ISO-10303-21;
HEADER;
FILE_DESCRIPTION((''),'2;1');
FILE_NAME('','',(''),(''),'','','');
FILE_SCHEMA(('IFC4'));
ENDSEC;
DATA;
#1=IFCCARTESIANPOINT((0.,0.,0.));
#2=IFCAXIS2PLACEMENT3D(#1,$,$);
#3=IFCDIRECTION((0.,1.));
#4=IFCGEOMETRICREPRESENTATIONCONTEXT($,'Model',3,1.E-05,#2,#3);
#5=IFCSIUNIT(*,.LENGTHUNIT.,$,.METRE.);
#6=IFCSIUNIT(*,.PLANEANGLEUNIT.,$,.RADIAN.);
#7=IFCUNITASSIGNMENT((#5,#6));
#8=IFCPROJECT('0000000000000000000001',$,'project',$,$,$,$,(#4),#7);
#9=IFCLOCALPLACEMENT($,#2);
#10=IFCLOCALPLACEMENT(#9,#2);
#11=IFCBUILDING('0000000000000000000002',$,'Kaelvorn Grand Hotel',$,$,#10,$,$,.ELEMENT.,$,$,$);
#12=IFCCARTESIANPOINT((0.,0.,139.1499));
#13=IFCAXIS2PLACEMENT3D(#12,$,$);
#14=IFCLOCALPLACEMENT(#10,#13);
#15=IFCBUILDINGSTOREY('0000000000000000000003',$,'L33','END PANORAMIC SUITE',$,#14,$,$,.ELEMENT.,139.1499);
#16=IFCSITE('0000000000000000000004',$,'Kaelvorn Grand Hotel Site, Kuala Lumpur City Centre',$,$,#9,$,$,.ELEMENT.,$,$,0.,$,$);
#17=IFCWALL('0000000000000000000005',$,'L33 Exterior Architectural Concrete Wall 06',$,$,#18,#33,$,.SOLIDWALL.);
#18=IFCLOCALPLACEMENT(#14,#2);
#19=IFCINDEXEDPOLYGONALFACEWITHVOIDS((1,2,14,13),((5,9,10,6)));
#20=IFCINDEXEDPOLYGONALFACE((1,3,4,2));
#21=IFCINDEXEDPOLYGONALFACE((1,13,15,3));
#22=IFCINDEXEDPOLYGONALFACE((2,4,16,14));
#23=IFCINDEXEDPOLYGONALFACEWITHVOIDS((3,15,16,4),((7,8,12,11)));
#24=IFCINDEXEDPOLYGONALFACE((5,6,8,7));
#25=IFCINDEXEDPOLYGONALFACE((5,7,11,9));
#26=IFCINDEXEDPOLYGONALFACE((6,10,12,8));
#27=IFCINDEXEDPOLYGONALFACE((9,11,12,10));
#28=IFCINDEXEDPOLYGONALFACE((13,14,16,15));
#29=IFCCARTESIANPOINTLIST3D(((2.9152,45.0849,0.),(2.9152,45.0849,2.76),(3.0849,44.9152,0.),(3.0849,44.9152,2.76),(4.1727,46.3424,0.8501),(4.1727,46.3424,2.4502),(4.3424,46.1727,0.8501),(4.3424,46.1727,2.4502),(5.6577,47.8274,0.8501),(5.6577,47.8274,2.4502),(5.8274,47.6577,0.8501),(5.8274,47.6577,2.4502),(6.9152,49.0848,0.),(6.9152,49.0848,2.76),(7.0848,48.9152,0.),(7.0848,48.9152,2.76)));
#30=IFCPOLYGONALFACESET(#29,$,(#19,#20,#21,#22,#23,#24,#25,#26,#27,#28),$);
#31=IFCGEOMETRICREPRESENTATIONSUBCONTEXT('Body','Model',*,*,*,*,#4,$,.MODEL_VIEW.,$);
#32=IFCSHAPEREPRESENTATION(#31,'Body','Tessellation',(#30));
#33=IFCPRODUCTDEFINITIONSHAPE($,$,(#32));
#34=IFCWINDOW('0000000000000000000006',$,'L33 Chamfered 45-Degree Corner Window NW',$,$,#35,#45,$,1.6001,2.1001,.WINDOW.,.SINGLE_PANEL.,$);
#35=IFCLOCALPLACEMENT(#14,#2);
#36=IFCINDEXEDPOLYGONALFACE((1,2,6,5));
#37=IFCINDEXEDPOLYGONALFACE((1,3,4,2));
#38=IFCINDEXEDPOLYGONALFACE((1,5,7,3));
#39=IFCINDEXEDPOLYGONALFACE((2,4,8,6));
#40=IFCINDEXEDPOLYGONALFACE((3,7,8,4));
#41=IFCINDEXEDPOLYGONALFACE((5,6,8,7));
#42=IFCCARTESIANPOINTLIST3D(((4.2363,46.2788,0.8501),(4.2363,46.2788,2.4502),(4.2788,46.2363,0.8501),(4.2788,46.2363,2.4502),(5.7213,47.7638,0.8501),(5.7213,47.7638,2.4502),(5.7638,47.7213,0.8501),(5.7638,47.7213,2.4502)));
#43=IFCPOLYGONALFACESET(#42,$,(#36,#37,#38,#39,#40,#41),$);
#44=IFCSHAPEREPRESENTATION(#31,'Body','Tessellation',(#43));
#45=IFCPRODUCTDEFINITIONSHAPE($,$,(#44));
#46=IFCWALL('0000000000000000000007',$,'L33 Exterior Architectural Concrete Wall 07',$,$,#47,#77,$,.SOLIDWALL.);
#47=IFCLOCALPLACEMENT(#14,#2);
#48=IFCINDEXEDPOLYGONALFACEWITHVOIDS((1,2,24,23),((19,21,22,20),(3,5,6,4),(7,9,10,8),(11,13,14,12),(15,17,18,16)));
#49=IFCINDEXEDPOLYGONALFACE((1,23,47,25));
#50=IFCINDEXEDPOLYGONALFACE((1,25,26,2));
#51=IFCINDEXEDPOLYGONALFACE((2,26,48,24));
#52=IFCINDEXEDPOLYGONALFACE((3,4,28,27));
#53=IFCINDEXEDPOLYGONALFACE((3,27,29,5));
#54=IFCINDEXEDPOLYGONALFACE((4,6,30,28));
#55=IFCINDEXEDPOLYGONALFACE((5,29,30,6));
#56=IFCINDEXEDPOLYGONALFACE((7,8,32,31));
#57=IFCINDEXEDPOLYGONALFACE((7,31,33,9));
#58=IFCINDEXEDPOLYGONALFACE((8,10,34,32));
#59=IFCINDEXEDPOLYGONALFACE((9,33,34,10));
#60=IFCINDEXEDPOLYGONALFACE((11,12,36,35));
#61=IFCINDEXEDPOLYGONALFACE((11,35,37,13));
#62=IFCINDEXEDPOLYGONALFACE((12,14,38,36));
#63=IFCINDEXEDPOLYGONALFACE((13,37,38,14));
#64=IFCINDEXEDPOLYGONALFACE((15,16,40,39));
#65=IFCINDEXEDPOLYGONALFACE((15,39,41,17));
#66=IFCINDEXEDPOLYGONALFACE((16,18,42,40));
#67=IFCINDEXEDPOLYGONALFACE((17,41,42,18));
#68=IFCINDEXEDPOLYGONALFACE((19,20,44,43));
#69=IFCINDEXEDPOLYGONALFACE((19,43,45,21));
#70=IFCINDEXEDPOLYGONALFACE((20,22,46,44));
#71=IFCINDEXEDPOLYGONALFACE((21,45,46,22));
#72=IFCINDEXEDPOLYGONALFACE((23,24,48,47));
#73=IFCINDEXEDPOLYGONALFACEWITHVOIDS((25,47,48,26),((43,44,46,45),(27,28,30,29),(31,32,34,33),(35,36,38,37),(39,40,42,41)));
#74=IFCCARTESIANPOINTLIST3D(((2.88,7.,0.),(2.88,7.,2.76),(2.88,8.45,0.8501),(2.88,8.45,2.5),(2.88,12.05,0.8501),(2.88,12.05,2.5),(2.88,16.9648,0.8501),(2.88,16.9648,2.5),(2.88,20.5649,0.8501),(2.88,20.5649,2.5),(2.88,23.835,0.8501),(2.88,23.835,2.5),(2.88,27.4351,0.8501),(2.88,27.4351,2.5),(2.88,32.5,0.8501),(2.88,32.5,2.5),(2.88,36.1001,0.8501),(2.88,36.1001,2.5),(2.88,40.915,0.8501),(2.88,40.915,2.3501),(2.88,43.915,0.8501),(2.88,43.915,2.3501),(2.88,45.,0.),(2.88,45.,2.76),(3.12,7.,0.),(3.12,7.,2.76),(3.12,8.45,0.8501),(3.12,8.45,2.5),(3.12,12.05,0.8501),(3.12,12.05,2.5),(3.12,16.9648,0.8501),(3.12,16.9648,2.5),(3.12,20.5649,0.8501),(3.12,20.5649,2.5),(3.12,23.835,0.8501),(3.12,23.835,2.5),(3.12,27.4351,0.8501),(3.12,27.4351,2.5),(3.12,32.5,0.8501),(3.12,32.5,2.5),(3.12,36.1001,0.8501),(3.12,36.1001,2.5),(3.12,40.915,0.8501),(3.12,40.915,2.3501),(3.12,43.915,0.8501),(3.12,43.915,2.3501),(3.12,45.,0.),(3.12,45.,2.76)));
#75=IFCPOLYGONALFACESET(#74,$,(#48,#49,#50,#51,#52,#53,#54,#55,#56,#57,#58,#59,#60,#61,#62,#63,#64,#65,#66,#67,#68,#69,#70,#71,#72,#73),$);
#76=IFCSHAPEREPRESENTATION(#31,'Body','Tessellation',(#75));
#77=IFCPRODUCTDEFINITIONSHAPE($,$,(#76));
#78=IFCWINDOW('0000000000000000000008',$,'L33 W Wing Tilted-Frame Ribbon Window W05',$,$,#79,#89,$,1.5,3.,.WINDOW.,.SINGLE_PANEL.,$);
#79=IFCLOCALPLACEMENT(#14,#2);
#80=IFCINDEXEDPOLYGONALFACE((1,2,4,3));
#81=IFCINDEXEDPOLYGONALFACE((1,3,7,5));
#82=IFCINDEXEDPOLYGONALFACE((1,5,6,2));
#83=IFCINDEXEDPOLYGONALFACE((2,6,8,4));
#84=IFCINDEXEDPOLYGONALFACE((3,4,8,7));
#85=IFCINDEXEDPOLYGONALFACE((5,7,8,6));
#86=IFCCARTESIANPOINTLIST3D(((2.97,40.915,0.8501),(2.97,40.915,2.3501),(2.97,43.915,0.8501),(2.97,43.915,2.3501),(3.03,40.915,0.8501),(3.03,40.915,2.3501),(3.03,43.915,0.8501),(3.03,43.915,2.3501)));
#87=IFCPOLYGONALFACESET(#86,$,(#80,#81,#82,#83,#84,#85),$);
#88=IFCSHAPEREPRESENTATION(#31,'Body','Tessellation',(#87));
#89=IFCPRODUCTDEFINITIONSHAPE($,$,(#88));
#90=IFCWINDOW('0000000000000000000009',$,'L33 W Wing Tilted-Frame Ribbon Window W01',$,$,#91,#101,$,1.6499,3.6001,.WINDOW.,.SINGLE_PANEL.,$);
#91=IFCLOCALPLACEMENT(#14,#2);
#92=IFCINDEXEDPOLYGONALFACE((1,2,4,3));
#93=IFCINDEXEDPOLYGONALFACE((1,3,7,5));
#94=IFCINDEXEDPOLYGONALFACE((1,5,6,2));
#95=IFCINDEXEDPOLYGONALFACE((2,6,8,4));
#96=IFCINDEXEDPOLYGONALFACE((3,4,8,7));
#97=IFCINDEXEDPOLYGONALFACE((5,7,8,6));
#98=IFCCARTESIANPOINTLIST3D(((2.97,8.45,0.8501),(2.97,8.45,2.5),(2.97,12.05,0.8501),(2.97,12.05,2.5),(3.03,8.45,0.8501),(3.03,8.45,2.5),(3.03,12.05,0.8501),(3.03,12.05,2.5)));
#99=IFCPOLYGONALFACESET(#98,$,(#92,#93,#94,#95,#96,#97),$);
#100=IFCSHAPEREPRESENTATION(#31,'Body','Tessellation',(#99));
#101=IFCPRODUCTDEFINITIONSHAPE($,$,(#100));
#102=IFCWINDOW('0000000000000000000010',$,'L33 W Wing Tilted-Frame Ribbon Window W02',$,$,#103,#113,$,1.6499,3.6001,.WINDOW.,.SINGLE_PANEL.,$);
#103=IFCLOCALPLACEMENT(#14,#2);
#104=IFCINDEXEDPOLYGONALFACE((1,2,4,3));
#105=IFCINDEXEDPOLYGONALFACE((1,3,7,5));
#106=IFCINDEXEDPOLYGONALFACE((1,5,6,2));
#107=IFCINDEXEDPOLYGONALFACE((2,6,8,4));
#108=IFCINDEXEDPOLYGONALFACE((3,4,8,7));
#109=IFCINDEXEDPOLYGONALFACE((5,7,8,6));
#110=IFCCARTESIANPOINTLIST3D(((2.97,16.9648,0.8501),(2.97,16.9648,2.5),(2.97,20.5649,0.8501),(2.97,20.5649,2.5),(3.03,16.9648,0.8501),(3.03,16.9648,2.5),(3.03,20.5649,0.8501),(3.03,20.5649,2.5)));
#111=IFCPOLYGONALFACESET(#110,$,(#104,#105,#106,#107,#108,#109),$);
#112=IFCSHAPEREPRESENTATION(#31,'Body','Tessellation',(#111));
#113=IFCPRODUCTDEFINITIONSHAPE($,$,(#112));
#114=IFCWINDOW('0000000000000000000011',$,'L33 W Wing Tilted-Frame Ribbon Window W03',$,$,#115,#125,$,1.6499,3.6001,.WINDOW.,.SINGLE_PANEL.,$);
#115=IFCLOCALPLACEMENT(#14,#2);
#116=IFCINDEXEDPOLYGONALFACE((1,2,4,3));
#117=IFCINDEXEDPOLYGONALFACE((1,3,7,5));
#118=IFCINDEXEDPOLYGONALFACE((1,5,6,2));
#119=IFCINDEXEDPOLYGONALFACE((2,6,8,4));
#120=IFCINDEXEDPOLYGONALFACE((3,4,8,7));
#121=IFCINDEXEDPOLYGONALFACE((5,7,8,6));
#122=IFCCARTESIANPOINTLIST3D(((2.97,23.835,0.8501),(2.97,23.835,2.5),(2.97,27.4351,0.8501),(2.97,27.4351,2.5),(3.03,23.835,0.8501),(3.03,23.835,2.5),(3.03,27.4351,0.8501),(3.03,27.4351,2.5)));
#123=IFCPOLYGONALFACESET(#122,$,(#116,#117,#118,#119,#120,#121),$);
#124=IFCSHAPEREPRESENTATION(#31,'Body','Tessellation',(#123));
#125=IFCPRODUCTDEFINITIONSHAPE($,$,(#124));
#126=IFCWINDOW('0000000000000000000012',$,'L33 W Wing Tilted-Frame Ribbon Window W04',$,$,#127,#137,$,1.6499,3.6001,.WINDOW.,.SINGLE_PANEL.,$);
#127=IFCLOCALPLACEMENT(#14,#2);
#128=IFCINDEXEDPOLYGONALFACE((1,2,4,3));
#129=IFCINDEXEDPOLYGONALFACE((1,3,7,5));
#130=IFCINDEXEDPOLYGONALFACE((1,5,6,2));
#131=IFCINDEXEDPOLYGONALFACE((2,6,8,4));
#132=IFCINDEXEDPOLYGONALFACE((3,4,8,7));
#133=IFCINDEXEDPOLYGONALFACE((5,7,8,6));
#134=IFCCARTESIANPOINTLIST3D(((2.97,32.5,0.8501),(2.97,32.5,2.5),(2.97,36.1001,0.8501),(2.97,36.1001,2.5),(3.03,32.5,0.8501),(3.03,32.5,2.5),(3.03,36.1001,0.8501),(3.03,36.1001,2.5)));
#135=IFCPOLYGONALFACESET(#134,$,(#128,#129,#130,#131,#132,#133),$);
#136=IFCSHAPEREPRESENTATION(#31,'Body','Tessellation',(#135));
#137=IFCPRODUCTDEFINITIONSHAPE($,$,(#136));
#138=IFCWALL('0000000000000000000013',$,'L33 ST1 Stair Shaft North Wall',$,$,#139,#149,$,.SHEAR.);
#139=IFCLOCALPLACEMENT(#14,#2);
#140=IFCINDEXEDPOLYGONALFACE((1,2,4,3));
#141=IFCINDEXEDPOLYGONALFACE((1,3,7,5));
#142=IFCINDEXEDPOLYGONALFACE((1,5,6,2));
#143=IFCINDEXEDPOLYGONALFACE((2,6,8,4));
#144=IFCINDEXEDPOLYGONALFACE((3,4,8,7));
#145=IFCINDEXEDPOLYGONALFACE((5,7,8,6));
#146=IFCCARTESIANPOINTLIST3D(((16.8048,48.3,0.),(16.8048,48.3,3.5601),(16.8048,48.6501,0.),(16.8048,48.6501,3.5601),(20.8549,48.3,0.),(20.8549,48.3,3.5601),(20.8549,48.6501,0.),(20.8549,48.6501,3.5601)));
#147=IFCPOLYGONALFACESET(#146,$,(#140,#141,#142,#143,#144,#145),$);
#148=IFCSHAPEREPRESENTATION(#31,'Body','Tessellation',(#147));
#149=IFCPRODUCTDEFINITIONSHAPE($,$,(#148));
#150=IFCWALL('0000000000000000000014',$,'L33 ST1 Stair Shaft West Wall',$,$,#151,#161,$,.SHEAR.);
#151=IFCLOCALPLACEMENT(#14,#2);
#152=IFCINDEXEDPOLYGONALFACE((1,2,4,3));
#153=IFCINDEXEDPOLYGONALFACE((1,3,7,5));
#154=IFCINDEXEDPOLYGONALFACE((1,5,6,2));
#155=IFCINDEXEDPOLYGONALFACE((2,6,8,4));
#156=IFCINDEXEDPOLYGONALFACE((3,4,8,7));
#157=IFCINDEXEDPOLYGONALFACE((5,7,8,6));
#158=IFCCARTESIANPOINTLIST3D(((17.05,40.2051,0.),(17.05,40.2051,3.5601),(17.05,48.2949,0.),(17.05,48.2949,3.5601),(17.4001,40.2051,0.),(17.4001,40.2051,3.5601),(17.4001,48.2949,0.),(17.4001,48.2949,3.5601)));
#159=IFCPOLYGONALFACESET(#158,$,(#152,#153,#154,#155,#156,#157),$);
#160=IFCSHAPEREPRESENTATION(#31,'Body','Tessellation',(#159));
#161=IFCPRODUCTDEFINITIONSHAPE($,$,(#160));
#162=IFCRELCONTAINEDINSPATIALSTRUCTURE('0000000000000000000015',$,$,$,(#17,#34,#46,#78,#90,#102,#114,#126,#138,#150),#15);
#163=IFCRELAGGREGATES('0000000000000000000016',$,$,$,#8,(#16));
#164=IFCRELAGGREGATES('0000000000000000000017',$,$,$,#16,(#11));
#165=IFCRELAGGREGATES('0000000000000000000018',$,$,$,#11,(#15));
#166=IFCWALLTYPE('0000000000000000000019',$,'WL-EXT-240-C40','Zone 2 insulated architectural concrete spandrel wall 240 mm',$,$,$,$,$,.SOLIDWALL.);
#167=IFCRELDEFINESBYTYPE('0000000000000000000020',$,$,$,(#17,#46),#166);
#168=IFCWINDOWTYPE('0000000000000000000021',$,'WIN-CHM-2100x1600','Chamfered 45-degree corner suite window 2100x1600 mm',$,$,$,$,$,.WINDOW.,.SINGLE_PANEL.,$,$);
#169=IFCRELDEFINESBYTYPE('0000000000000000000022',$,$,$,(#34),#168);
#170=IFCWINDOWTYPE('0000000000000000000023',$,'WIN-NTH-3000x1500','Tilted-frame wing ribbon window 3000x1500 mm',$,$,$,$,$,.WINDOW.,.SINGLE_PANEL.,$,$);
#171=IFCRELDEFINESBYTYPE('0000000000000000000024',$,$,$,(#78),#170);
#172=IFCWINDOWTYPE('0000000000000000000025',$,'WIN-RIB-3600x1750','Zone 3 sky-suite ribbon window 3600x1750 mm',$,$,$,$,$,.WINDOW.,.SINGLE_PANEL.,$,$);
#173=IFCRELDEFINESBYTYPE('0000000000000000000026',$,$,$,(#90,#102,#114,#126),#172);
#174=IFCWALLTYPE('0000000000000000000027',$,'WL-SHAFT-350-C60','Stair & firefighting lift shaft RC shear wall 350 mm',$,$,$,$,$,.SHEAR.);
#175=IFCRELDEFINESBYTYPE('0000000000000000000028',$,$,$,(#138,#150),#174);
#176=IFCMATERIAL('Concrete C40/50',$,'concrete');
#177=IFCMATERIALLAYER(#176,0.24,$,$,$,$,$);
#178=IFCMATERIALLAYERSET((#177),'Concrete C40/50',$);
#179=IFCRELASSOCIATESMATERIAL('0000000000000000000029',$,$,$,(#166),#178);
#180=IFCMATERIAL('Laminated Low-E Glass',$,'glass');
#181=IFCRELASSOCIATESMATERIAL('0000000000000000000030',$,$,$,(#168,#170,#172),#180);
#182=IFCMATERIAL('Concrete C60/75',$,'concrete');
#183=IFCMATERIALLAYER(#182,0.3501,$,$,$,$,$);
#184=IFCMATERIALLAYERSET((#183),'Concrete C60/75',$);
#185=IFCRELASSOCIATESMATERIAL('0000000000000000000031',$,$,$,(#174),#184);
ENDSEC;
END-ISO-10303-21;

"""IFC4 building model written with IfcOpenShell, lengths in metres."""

from ifc_helpers import new_model, si_unit, direction, frame, frame_2d, origin, place, context, subcontext, project, spatial, rectangle, extrude, material, layer, layer_set, type_object, element, fill, save


model = new_model("IFC4")

# Units and contexts
model_context = context("Model", 3, precision=1e-05, world=origin(), true_north=direction((0.0, 1.0)))
body_context = subcontext(model_context, "Body", "Model", "MODEL_VIEW")
ifc_project = project(units=[si_unit("LENGTHUNIT", "METRE"), si_unit("PLANEANGLEUNIT", "RADIAN")], contexts=[model_context])

# Site, building, storey
site_placement = place(None, origin())
site = spatial("IfcSite", under=ifc_project, at=site_placement, Name="Kaelvorn Grand Hotel Site, Kuala Lumpur City Centre", CompositionType="ELEMENT", RefElevation=0.0)
building_placement = place(site_placement, origin())
building = spatial("IfcBuilding", under=site, at=building_placement, Name="Kaelvorn Grand Hotel", CompositionType="ELEMENT")
storey_placement = place(building_placement, frame((0.0, 0.0, 139.1499)))
storey = spatial("IfcBuildingStorey", under=building, at=storey_placement, Name="L33", Description="END PANORAMIC SUITE", CompositionType="ELEMENT", Elevation=139.1499)

# Shared definitions
ifc_material_1 = material(Name="Concrete C60/75", Category="concrete")

# Wall, opening, window
ifc_material_2 = material(Name="Concrete C40/50", Category="concrete")
ifc_layer_1 = layer(ifc_material_2, 0.24)
ifc_layer_set_1 = layer_set([ifc_layer_1], Name="Concrete C40/50")
wall_type_1 = type_object("IfcWallType", Name="WL-EXT-240-C40", Description="Zone 2 insulated architectural concrete spandrel wall 240 mm", PredefinedType="SOLIDWALL", material=ifc_layer_set_1)
wall_1_placement = place(storey_placement, frame((7.0, 49.0, 0.0), z_axis=(0.0, 0.0, 1.0), x_axis=(-0.707107, -0.707107, 0.0)))
wall_1 = element("IfcWall", 1, at=wall_1_placement, inside=storey, type_object=wall_type_1, Name="L33 Exterior Architectural Concrete Wall 06", PredefinedType="SOLIDWALL", context=body_context, shape_type="SweptSolid", body=[
    extrude(rectangle(XDim=5.6567, YDim=0.24, at=frame_2d((2.8284, 0.0))), origin(), (0.0, 0.0, 1.0), 2.76),
])
opening_1_placement = place(wall_1_placement, frame((1.7783, 0.0, 0.8501)))
opening_1 = element("IfcOpeningElement", 2, at=opening_1_placement, cuts=wall_1, PredefinedType="OPENING", context=body_context, shape_type="SweptSolid", body=[
    extrude(rectangle(XDim=2.1001, YDim=1.6001, at=frame_2d((1.05, 0.8))), frame((0.0, 0.1299, 0.0), z_axis=(0.0, -1.0, 0.0), x_axis=(1.0, 0.0, 0.0)), (0.0, 0.0, 1.0), 0.26),
])
ifc_material_3 = material(Name="Laminated Low-E Glass", Category="glass")
window_type_1 = type_object("IfcWindowType", Name="WIN-CHM-2100x1600", Description="Chamfered 45-degree corner suite window 2100x1600 mm", PartitioningType="SINGLE_PANEL", PredefinedType="WINDOW", material=ifc_material_3)
window_1_placement = place(opening_1_placement, origin())
window_1 = element("IfcWindow", 3, at=window_1_placement, inside=storey, type_object=window_type_1, Name="L33 Chamfered 45-Degree Corner Window NW", OverallHeight=1.6001, OverallWidth=2.1001, PartitioningType="SINGLE_PANEL", PredefinedType="WINDOW", context=body_context, shape_type="SweptSolid", body=[
    extrude(rectangle(XDim=2.1001, YDim=1.6001, at=frame_2d((1.05, 0.8))), frame((0.0, 0.03, 0.0), z_axis=(0.0, -1.0, 0.0), x_axis=(1.0, 0.0, 0.0)), (0.0, 0.0, 1.0), 0.0601),
])
fill(opening_1, window_1)

# Wall, openings, windows
wall_2_placement = place(storey_placement, frame((3.0, 45.0, 0.0), z_axis=(0.0, 0.0, 1.0), x_axis=(0.0, -1.0, 0.0)))
wall_2 = element("IfcWall", 4, at=wall_2_placement, inside=storey, type_object=wall_type_1, Name="L33 Exterior Architectural Concrete Wall 07", PredefinedType="SOLIDWALL", context=body_context, shape_type="SweptSolid", body=[
    extrude(rectangle(XDim=38.0, YDim=0.24, at=frame_2d((19.0, 0.0))), origin(), (0.0, 0.0, 1.0), 2.76),
])
opening_2_placement = place(wall_2_placement, frame((32.95, 0.0, 0.8501)))
opening_2 = element("IfcOpeningElement", 5, at=opening_2_placement, cuts=wall_2, PredefinedType="OPENING", context=body_context, shape_type="SweptSolid", body=[
    extrude(rectangle(XDim=3.6001, YDim=1.6499, at=frame_2d((1.8, 0.825))), frame((0.0, 0.1299, 0.0), z_axis=(0.0, -1.0, 0.0), x_axis=(1.0, 0.0, 0.0)), (0.0, 0.0, 1.0), 0.26),
])
opening_3_placement = place(wall_2_placement, frame((24.4351, 0.0, 0.8501)))
opening_3 = element("IfcOpeningElement", 6, at=opening_3_placement, cuts=wall_2, PredefinedType="OPENING", context=body_context, shape_type="SweptSolid", body=[
    extrude(rectangle(XDim=3.6001, YDim=1.6499, at=frame_2d((1.8, 0.825))), frame((0.0, 0.1299, 0.0), z_axis=(0.0, -1.0, 0.0), x_axis=(1.0, 0.0, 0.0)), (0.0, 0.0, 1.0), 0.26),
])
opening_4_placement = place(wall_2_placement, frame((17.5649, 0.0, 0.8501)))
opening_4 = element("IfcOpeningElement", 7, at=opening_4_placement, cuts=wall_2, PredefinedType="OPENING", context=body_context, shape_type="SweptSolid", body=[
    extrude(rectangle(XDim=3.6001, YDim=1.6499, at=frame_2d((1.8, 0.825))), frame((0.0, 0.1299, 0.0), z_axis=(0.0, -1.0, 0.0), x_axis=(1.0, 0.0, 0.0)), (0.0, 0.0, 1.0), 0.26),
])
opening_5_placement = place(wall_2_placement, frame((8.8999, 0.0, 0.8501)))
opening_5 = element("IfcOpeningElement", 8, at=opening_5_placement, cuts=wall_2, PredefinedType="OPENING", context=body_context, shape_type="SweptSolid", body=[
    extrude(rectangle(XDim=3.6001, YDim=1.6499, at=frame_2d((1.8, 0.825))), frame((0.0, 0.1299, 0.0), z_axis=(0.0, -1.0, 0.0), x_axis=(1.0, 0.0, 0.0)), (0.0, 0.0, 1.0), 0.26),
])
opening_6_placement = place(wall_2_placement, frame((1.085, 0.0, 0.8501)))
opening_6 = element("IfcOpeningElement", 9, at=opening_6_placement, cuts=wall_2, PredefinedType="OPENING", context=body_context, shape_type="SweptSolid", body=[
    extrude(rectangle(XDim=3.0, YDim=1.5, at=frame_2d((1.5, 0.75))), frame((0.0, 0.1299, 0.0), z_axis=(0.0, -1.0, 0.0), x_axis=(1.0, 0.0, 0.0)), (0.0, 0.0, 1.0), 0.26),
])
window_type_2 = type_object("IfcWindowType", Name="WIN-NTH-3000x1500", Description="Tilted-frame wing ribbon window 3000x1500 mm", PartitioningType="SINGLE_PANEL", PredefinedType="WINDOW", material=ifc_material_3)
window_2_placement = place(opening_6_placement, origin())
window_2 = element("IfcWindow", 10, at=window_2_placement, inside=storey, type_object=window_type_2, Name="L33 W Wing Tilted-Frame Ribbon Window W05", OverallHeight=1.5, OverallWidth=3.0, PartitioningType="SINGLE_PANEL", PredefinedType="WINDOW", context=body_context, shape_type="SweptSolid", body=[
    extrude(rectangle(XDim=3.0, YDim=1.5, at=frame_2d((1.5, 0.75))), frame((0.0, 0.03, 0.0), z_axis=(0.0, -1.0, 0.0), x_axis=(1.0, 0.0, 0.0)), (0.0, 0.0, 1.0), 0.0601),
])
fill(opening_6, window_2)
window_type_3 = type_object("IfcWindowType", Name="WIN-RIB-3600x1750", Description="Zone 3 sky-suite ribbon window 3600x1750 mm", PartitioningType="SINGLE_PANEL", PredefinedType="WINDOW", material=ifc_material_3)
window_3_placement = place(opening_2_placement, origin())
window_3 = element("IfcWindow", 11, at=window_3_placement, inside=storey, type_object=window_type_3, Name="L33 W Wing Tilted-Frame Ribbon Window W01", OverallHeight=1.6499, OverallWidth=3.6001, PartitioningType="SINGLE_PANEL", PredefinedType="WINDOW", context=body_context, shape_type="SweptSolid", body=[
    extrude(rectangle(XDim=3.6001, YDim=1.6499, at=frame_2d((1.8, 0.825))), frame((0.0, 0.03, 0.0), z_axis=(0.0, -1.0, 0.0), x_axis=(1.0, 0.0, 0.0)), (0.0, 0.0, 1.0), 0.0601),
])
fill(opening_2, window_3)
window_4_placement = place(opening_3_placement, origin())
window_4 = element("IfcWindow", 12, at=window_4_placement, inside=storey, type_object=window_type_3, Name="L33 W Wing Tilted-Frame Ribbon Window W02", OverallHeight=1.6499, OverallWidth=3.6001, PartitioningType="SINGLE_PANEL", PredefinedType="WINDOW", context=body_context, shape_type="SweptSolid", body=[
    extrude(rectangle(XDim=3.6001, YDim=1.6499, at=frame_2d((1.8, 0.825))), frame((0.0, 0.03, 0.0), z_axis=(0.0, -1.0, 0.0), x_axis=(1.0, 0.0, 0.0)), (0.0, 0.0, 1.0), 0.0601),
])
fill(opening_3, window_4)
window_5_placement = place(opening_4_placement, origin())
window_5 = element("IfcWindow", 13, at=window_5_placement, inside=storey, type_object=window_type_3, Name="L33 W Wing Tilted-Frame Ribbon Window W03", OverallHeight=1.6499, OverallWidth=3.6001, PartitioningType="SINGLE_PANEL", PredefinedType="WINDOW", context=body_context, shape_type="SweptSolid", body=[
    extrude(rectangle(XDim=3.6001, YDim=1.6499, at=frame_2d((1.8, 0.825))), frame((0.0, 0.03, 0.0), z_axis=(0.0, -1.0, 0.0), x_axis=(1.0, 0.0, 0.0)), (0.0, 0.0, 1.0), 0.0601),
])
fill(opening_4, window_5)
window_6_placement = place(opening_5_placement, origin())
window_6 = element("IfcWindow", 14, at=window_6_placement, inside=storey, type_object=window_type_3, Name="L33 W Wing Tilted-Frame Ribbon Window W04", OverallHeight=1.6499, OverallWidth=3.6001, PartitioningType="SINGLE_PANEL", PredefinedType="WINDOW", context=body_context, shape_type="SweptSolid", body=[
    extrude(rectangle(XDim=3.6001, YDim=1.6499, at=frame_2d((1.8, 0.825))), frame((0.0, 0.03, 0.0), z_axis=(0.0, -1.0, 0.0), x_axis=(1.0, 0.0, 0.0)), (0.0, 0.0, 1.0), 0.0601),
])
fill(opening_5, window_6)

# Walls
ifc_layer_2 = layer(ifc_material_1, 0.3501)
ifc_layer_set_2 = layer_set([ifc_layer_2], Name="Concrete C60/75")
wall_type_2 = type_object("IfcWallType", Name="WL-SHAFT-350-C60", Description="Stair & firefighting lift shaft RC shear wall 350 mm", PredefinedType="SHEAR", material=ifc_layer_set_2)
wall_3_placement = place(storey_placement, frame((16.8049, 48.4751, 0.0), z_axis=(0.0, 0.0, 1.0), x_axis=(1.0, 0.0, 0.0)))
element("IfcWall", 15, at=wall_3_placement, inside=storey, type_object=wall_type_2, Name="L33 ST1 Stair Shaft North Wall", PredefinedType="SHEAR", context=body_context, shape_type="SweptSolid", body=[
    extrude(rectangle(XDim=4.05, YDim=0.3501, at=frame_2d((2.0249, 0.0))), origin(), (0.0, 0.0, 1.0), 3.5601),
])
wall_4_placement = place(storey_placement, frame((17.2251, 40.2051, 0.0), z_axis=(0.0, 0.0, 1.0), x_axis=(0.0, 1.0, 0.0)))
element("IfcWall", 16, at=wall_4_placement, inside=storey, type_object=wall_type_2, Name="L33 ST1 Stair Shaft West Wall", PredefinedType="SHEAR", context=body_context, shape_type="SweptSolid", body=[
    extrude(rectangle(XDim=8.0898, YDim=0.3501, at=frame_2d((4.0449, 0.0))), origin(), (0.0, 0.0, 1.0), 3.5601),
])

save(model, "model.ifc")
